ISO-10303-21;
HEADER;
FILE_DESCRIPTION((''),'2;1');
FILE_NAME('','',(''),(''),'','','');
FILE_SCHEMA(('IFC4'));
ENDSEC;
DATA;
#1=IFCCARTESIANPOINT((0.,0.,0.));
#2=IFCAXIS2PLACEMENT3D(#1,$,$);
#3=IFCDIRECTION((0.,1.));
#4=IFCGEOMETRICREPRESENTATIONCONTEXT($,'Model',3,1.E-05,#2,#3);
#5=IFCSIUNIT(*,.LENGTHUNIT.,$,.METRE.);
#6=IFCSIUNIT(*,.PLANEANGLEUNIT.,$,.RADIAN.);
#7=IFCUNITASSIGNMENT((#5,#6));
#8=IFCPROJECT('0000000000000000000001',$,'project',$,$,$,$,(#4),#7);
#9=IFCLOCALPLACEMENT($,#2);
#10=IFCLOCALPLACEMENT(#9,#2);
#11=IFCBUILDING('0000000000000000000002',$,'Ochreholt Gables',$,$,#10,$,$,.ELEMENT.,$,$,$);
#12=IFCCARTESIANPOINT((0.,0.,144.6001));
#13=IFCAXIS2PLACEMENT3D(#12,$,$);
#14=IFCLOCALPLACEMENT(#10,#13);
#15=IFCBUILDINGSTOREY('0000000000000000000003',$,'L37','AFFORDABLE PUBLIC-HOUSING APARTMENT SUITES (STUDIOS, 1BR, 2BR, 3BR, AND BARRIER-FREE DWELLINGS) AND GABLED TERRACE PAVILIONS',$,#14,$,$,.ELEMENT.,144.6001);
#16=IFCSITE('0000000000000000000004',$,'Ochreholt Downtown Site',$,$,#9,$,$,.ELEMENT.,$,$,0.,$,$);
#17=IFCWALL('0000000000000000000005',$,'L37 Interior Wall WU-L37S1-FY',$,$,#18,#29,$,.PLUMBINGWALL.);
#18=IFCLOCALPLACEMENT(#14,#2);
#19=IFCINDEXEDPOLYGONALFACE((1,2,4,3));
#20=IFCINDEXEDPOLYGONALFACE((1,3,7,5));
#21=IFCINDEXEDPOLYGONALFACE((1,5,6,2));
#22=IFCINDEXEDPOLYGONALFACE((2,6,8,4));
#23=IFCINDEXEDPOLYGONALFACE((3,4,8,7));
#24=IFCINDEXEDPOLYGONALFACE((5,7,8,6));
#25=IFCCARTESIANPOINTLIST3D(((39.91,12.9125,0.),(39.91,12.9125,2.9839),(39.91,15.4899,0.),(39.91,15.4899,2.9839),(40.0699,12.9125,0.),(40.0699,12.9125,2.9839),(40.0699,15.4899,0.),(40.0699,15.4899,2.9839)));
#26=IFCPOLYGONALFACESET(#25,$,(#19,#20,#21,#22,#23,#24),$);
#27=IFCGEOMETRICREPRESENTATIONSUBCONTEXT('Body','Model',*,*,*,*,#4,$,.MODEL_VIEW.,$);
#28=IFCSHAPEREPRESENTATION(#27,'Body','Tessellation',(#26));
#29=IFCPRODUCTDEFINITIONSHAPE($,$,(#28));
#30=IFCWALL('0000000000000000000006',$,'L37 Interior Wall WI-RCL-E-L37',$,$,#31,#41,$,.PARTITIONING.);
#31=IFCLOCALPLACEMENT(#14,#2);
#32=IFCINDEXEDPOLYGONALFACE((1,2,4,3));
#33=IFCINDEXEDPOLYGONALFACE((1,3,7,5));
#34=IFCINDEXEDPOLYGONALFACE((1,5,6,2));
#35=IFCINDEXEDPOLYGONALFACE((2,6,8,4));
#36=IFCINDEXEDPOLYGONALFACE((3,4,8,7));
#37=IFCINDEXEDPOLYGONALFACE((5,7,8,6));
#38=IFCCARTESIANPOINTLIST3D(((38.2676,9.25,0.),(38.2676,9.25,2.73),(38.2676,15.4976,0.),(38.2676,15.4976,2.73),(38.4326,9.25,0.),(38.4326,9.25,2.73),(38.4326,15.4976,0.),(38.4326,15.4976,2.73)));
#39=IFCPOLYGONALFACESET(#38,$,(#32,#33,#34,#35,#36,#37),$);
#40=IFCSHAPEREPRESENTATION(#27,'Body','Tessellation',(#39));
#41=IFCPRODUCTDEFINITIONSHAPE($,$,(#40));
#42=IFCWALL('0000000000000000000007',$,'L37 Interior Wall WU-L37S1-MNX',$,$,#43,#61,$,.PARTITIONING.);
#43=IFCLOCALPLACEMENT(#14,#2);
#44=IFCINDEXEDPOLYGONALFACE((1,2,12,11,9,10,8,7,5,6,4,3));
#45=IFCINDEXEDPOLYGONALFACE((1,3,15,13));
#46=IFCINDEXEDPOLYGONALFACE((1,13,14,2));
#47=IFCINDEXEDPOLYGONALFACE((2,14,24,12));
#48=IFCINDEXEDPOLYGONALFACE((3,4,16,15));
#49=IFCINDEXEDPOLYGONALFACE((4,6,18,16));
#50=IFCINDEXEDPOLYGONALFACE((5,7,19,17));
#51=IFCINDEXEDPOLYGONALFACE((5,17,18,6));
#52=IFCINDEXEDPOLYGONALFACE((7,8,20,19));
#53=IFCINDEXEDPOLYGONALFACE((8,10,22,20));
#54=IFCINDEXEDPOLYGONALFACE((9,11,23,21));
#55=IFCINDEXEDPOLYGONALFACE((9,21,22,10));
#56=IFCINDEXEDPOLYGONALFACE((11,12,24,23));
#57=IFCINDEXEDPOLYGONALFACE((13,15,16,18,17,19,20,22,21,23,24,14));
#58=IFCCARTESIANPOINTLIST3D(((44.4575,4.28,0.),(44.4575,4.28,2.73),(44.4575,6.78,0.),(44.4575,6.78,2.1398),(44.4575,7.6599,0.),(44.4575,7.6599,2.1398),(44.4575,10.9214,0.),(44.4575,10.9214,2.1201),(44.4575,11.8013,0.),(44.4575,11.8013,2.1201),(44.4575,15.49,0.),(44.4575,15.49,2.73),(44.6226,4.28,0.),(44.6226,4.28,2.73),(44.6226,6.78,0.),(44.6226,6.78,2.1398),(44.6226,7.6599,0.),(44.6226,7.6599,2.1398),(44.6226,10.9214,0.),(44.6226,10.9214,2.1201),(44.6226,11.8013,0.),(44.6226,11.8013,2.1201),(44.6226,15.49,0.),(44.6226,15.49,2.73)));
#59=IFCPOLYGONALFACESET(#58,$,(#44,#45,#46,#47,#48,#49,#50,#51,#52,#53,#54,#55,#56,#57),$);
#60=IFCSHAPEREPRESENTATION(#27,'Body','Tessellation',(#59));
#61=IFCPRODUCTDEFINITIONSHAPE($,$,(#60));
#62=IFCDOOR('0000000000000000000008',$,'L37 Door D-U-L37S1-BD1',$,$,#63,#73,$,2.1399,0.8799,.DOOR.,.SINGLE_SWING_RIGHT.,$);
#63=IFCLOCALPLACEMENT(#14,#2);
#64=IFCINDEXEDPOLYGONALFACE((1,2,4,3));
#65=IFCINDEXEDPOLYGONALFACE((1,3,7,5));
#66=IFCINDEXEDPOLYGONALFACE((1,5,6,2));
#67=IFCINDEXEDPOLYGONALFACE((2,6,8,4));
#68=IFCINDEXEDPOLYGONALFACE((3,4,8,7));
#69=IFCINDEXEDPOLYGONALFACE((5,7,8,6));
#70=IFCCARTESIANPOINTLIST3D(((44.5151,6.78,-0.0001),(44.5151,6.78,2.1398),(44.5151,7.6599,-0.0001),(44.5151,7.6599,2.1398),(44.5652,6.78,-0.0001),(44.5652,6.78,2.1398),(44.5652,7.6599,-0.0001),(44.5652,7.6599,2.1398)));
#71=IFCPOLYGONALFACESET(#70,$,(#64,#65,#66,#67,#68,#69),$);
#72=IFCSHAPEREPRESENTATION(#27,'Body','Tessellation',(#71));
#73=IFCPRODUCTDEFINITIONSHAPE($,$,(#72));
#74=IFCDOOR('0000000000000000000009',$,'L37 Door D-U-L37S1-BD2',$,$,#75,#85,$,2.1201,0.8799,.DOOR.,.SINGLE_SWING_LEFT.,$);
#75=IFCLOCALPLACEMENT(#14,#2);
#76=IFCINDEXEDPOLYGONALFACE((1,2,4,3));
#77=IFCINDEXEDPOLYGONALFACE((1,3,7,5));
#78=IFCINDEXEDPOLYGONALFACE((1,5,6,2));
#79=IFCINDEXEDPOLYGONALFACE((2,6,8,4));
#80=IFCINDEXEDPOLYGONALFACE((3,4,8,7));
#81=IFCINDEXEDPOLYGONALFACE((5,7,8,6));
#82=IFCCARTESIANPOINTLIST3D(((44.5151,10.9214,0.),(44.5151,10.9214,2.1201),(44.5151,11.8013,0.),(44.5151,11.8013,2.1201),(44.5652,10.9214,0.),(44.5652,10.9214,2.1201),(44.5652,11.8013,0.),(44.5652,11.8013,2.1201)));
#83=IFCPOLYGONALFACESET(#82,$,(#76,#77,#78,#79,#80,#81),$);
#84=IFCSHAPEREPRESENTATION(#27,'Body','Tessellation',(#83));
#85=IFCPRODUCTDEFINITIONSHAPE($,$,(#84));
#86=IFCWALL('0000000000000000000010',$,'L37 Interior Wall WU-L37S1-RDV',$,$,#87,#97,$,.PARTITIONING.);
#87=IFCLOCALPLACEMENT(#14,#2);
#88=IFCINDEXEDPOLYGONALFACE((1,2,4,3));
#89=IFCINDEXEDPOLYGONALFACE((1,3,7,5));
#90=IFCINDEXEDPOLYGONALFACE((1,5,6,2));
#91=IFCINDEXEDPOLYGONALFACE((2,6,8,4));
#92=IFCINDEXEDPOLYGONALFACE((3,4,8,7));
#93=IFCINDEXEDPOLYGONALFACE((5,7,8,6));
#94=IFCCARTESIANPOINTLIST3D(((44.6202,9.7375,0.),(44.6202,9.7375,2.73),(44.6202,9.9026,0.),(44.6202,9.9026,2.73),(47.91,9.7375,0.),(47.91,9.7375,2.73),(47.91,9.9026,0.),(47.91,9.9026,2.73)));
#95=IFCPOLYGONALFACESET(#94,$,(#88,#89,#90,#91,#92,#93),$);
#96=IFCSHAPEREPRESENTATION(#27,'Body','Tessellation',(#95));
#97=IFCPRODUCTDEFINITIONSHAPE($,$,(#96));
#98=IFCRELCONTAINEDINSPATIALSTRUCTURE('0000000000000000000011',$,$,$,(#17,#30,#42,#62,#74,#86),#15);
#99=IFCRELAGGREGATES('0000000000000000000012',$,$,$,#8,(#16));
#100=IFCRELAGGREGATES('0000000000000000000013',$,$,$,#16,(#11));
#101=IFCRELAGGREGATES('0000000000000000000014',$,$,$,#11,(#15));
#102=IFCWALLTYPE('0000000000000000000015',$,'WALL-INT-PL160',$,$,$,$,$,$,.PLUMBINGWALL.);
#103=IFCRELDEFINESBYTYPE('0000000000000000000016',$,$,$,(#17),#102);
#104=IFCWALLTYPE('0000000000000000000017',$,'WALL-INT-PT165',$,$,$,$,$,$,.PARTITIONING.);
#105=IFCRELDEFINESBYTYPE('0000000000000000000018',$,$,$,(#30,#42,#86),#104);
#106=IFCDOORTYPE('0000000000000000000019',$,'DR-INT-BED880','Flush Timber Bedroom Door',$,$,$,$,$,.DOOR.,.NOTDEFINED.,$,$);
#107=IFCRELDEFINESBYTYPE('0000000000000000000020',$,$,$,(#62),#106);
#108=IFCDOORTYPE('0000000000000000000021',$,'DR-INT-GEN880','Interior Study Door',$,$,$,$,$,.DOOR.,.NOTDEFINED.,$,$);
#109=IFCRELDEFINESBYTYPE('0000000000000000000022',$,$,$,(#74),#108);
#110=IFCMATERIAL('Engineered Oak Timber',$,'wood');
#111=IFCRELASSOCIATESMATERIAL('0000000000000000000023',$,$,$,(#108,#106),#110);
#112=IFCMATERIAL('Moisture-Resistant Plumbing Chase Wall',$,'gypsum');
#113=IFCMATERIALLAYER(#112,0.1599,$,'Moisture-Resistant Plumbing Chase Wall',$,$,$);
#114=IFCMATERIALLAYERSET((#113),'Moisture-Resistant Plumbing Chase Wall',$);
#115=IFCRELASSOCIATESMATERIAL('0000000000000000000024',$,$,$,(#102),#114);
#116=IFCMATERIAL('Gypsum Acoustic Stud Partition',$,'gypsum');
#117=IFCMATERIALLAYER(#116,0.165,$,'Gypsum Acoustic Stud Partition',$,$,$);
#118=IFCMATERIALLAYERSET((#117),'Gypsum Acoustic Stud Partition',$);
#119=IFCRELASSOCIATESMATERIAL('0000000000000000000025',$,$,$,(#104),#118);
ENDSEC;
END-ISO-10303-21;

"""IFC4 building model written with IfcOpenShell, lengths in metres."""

from ifc_helpers import new_model, si_unit, direction, frame, frame_2d, origin, place, context, subcontext, project, spatial, rectangle, extrude, material, layer, layer_set, type_object, element, fill, save


model = new_model("IFC4")

# Units and contexts
model_context = context("Model", 3, precision=1e-05, world=origin(), true_north=direction((0.0, 1.0)))
body_context = subcontext(model_context, "Body", "Model", "MODEL_VIEW")
ifc_project = project(units=[si_unit("LENGTHUNIT", "METRE"), si_unit("PLANEANGLEUNIT", "RADIAN")], contexts=[model_context])

# Site, building, storey
site_placement = place(None, origin())
site = spatial("IfcSite", under=ifc_project, at=site_placement, Name="Ochreholt Downtown Site", CompositionType="ELEMENT", RefElevation=0.0)
building_placement = place(site_placement, origin())
building = spatial("IfcBuilding", under=site, at=building_placement, Name="Ochreholt Gables", CompositionType="ELEMENT")
storey_placement = place(building_placement, frame((0.0, 0.0, 144.6001)))
storey = spatial("IfcBuildingStorey", under=building, at=storey_placement, Name="L37", Description="AFFORDABLE PUBLIC-HOUSING APARTMENT SUITES (STUDIOS, 1BR, 2BR, 3BR, AND BARRIER-FREE DWELLINGS) AND GABLED TERRACE PAVILIONS", CompositionType="ELEMENT", Elevation=144.6001)

# Shared definitions
ifc_material_1 = material(Name="Engineered Oak Timber", Category="wood")
door_type_1 = type_object("IfcDoorType", Name="DR-INT-GEN880", Description="Interior Study Door", OperationType="NOTDEFINED", PredefinedType="DOOR", material=ifc_material_1)

# Walls
ifc_material_2 = material(Name="Moisture-Resistant Plumbing Chase Wall", Category="gypsum")
ifc_layer_1 = layer(ifc_material_2, 0.1599, Name="Moisture-Resistant Plumbing Chase Wall")
ifc_layer_set_1 = layer_set([ifc_layer_1], Name="Moisture-Resistant Plumbing Chase Wall")
wall_type_1 = type_object("IfcWallType", Name="WALL-INT-PL160", PredefinedType="PLUMBINGWALL", material=ifc_layer_set_1)
wall_1_placement = place(storey_placement, frame((39.99, 12.9126, 0.0), z_axis=(0.0, 0.0, 1.0), x_axis=(0.0, 1.0, 0.0)))
element("IfcWall", 1, at=wall_1_placement, inside=storey, type_object=wall_type_1, Name="L37 Interior Wall WU-L37S1-FY", PredefinedType="PLUMBINGWALL", context=body_context, shape_type="SweptSolid", body=[
    extrude(rectangle(XDim=2.5774, YDim=0.1599, at=frame_2d((1.2886, 0.0))), origin(), (0.0, 0.0, 1.0), 2.9839),
])
ifc_material_3 = material(Name="Gypsum Acoustic Stud Partition", Category="gypsum")
ifc_layer_2 = layer(ifc_material_3, 0.165, Name="Gypsum Acoustic Stud Partition")
ifc_layer_set_2 = layer_set([ifc_layer_2], Name="Gypsum Acoustic Stud Partition")
wall_type_2 = type_object("IfcWallType", Name="WALL-INT-PT165", PredefinedType="PARTITIONING", material=ifc_layer_set_2)
wall_2_placement = place(storey_placement, frame((38.3501, 9.25, 0.0), z_axis=(0.0, 0.0, 1.0), x_axis=(0.0, 1.0, 0.0)))
element("IfcWall", 2, at=wall_2_placement, inside=storey, type_object=wall_type_2, Name="L37 Interior Wall WI-RCL-E-L37", PredefinedType="PARTITIONING", context=body_context, shape_type="SweptSolid", body=[
    extrude(rectangle(XDim=6.2476, YDim=0.165, at=frame_2d((3.1238, 0.0))), origin(), (0.0, 0.0, 1.0), 2.73),
])

# Wall, openings, doors
wall_3_placement = place(storey_placement, frame((44.54, 4.28, 0.0), z_axis=(0.0, 0.0, 1.0), x_axis=(0.0, 1.0, 0.0)))
wall_3 = element("IfcWall", 3, at=wall_3_placement, inside=storey, type_object=wall_type_2, Name="L37 Interior Wall WU-L37S1-MNX", PredefinedType="PARTITIONING", context=body_context, shape_type="SweptSolid", body=[
    extrude(rectangle(XDim=11.21, YDim=0.165, at=frame_2d((5.605, 0.0))), origin(), (0.0, 0.0, 1.0), 2.73),
])
opening_1_placement = place(wall_3_placement, frame((2.5, 0.0, 0.0)))
opening_1 = element("IfcOpeningElement", 4, at=opening_1_placement, cuts=wall_3, PredefinedType="OPENING", context=body_context, shape_type="SweptSolid", body=[
    extrude(rectangle(XDim=0.8799, YDim=2.1399, at=frame_2d((0.4399, 1.0698))), frame((0.0, 0.0925, 0.0), z_axis=(0.0, -1.0, 0.0), x_axis=(1.0, 0.0, 0.0)), (0.0, 0.0, 1.0), 0.1851),
])
opening_2_placement = place(wall_3_placement, frame((6.6414, 0.0, 0.0)))
opening_2 = element("IfcOpeningElement", 5, at=opening_2_placement, cuts=wall_3, PredefinedType="OPENING", context=body_context, shape_type="SweptSolid", body=[
    extrude(rectangle(XDim=0.8799, YDim=2.1201, at=frame_2d((0.4399, 1.0601))), frame((0.0, 0.0925, 0.0), z_axis=(0.0, -1.0, 0.0), x_axis=(1.0, 0.0, 0.0)), (0.0, 0.0, 1.0), 0.1851),
])
door_type_2 = type_object("IfcDoorType", Name="DR-INT-BED880", Description="Flush Timber Bedroom Door", OperationType="NOTDEFINED", PredefinedType="DOOR", material=ifc_material_1)
door_1_placement = place(opening_1_placement, origin())
door_1 = element("IfcDoor", 6, at=door_1_placement, inside=storey, type_object=door_type_2, Name="L37 Door D-U-L37S1-BD1", OperationType="SINGLE_SWING_RIGHT", OverallHeight=2.1399, OverallWidth=0.8799, PredefinedType="DOOR", context=body_context, shape_type="SweptSolid", body=[
    extrude(rectangle(XDim=0.8799, YDim=2.1399, at=frame_2d((0.4399, 1.0698))), frame((0.0, 0.0249, 0.0), z_axis=(0.0, -1.0, 0.0), x_axis=(1.0, 0.0, 0.0)), (0.0, 0.0, 1.0), 0.05),
])
fill(opening_1, door_1)
door_2_placement = place(opening_2_placement, origin())
door_2 = element("IfcDoor", 7, at=door_2_placement, inside=storey, type_object=door_type_1, Name="L37 Door D-U-L37S1-BD2", OperationType="SINGLE_SWING_LEFT", OverallHeight=2.1201, OverallWidth=0.8799, PredefinedType="DOOR", context=body_context, shape_type="SweptSolid", body=[
    extrude(rectangle(XDim=0.8799, YDim=2.1201, at=frame_2d((0.4399, 1.0601))), frame((0.0, 0.0249, 0.0), z_axis=(0.0, -1.0, 0.0), x_axis=(1.0, 0.0, 0.0)), (0.0, 0.0, 1.0), 0.05),
])
fill(opening_2, door_2)

# Wall
wall_4_placement = place(storey_placement, frame((44.6201, 9.8201, 0.0), z_axis=(0.0, 0.0, 1.0), x_axis=(1.0, 0.0, 0.0)))
element("IfcWall", 8, at=wall_4_placement, inside=storey, type_object=wall_type_2, Name="L37 Interior Wall WU-L37S1-RDV", PredefinedType="PARTITIONING", context=body_context, shape_type="SweptSolid", body=[
    extrude(rectangle(XDim=3.2898, YDim=0.165, at=frame_2d((1.645, 0.0))), origin(), (0.0, 0.0, 1.0), 2.73),
])

save(model, "model.ifc")
